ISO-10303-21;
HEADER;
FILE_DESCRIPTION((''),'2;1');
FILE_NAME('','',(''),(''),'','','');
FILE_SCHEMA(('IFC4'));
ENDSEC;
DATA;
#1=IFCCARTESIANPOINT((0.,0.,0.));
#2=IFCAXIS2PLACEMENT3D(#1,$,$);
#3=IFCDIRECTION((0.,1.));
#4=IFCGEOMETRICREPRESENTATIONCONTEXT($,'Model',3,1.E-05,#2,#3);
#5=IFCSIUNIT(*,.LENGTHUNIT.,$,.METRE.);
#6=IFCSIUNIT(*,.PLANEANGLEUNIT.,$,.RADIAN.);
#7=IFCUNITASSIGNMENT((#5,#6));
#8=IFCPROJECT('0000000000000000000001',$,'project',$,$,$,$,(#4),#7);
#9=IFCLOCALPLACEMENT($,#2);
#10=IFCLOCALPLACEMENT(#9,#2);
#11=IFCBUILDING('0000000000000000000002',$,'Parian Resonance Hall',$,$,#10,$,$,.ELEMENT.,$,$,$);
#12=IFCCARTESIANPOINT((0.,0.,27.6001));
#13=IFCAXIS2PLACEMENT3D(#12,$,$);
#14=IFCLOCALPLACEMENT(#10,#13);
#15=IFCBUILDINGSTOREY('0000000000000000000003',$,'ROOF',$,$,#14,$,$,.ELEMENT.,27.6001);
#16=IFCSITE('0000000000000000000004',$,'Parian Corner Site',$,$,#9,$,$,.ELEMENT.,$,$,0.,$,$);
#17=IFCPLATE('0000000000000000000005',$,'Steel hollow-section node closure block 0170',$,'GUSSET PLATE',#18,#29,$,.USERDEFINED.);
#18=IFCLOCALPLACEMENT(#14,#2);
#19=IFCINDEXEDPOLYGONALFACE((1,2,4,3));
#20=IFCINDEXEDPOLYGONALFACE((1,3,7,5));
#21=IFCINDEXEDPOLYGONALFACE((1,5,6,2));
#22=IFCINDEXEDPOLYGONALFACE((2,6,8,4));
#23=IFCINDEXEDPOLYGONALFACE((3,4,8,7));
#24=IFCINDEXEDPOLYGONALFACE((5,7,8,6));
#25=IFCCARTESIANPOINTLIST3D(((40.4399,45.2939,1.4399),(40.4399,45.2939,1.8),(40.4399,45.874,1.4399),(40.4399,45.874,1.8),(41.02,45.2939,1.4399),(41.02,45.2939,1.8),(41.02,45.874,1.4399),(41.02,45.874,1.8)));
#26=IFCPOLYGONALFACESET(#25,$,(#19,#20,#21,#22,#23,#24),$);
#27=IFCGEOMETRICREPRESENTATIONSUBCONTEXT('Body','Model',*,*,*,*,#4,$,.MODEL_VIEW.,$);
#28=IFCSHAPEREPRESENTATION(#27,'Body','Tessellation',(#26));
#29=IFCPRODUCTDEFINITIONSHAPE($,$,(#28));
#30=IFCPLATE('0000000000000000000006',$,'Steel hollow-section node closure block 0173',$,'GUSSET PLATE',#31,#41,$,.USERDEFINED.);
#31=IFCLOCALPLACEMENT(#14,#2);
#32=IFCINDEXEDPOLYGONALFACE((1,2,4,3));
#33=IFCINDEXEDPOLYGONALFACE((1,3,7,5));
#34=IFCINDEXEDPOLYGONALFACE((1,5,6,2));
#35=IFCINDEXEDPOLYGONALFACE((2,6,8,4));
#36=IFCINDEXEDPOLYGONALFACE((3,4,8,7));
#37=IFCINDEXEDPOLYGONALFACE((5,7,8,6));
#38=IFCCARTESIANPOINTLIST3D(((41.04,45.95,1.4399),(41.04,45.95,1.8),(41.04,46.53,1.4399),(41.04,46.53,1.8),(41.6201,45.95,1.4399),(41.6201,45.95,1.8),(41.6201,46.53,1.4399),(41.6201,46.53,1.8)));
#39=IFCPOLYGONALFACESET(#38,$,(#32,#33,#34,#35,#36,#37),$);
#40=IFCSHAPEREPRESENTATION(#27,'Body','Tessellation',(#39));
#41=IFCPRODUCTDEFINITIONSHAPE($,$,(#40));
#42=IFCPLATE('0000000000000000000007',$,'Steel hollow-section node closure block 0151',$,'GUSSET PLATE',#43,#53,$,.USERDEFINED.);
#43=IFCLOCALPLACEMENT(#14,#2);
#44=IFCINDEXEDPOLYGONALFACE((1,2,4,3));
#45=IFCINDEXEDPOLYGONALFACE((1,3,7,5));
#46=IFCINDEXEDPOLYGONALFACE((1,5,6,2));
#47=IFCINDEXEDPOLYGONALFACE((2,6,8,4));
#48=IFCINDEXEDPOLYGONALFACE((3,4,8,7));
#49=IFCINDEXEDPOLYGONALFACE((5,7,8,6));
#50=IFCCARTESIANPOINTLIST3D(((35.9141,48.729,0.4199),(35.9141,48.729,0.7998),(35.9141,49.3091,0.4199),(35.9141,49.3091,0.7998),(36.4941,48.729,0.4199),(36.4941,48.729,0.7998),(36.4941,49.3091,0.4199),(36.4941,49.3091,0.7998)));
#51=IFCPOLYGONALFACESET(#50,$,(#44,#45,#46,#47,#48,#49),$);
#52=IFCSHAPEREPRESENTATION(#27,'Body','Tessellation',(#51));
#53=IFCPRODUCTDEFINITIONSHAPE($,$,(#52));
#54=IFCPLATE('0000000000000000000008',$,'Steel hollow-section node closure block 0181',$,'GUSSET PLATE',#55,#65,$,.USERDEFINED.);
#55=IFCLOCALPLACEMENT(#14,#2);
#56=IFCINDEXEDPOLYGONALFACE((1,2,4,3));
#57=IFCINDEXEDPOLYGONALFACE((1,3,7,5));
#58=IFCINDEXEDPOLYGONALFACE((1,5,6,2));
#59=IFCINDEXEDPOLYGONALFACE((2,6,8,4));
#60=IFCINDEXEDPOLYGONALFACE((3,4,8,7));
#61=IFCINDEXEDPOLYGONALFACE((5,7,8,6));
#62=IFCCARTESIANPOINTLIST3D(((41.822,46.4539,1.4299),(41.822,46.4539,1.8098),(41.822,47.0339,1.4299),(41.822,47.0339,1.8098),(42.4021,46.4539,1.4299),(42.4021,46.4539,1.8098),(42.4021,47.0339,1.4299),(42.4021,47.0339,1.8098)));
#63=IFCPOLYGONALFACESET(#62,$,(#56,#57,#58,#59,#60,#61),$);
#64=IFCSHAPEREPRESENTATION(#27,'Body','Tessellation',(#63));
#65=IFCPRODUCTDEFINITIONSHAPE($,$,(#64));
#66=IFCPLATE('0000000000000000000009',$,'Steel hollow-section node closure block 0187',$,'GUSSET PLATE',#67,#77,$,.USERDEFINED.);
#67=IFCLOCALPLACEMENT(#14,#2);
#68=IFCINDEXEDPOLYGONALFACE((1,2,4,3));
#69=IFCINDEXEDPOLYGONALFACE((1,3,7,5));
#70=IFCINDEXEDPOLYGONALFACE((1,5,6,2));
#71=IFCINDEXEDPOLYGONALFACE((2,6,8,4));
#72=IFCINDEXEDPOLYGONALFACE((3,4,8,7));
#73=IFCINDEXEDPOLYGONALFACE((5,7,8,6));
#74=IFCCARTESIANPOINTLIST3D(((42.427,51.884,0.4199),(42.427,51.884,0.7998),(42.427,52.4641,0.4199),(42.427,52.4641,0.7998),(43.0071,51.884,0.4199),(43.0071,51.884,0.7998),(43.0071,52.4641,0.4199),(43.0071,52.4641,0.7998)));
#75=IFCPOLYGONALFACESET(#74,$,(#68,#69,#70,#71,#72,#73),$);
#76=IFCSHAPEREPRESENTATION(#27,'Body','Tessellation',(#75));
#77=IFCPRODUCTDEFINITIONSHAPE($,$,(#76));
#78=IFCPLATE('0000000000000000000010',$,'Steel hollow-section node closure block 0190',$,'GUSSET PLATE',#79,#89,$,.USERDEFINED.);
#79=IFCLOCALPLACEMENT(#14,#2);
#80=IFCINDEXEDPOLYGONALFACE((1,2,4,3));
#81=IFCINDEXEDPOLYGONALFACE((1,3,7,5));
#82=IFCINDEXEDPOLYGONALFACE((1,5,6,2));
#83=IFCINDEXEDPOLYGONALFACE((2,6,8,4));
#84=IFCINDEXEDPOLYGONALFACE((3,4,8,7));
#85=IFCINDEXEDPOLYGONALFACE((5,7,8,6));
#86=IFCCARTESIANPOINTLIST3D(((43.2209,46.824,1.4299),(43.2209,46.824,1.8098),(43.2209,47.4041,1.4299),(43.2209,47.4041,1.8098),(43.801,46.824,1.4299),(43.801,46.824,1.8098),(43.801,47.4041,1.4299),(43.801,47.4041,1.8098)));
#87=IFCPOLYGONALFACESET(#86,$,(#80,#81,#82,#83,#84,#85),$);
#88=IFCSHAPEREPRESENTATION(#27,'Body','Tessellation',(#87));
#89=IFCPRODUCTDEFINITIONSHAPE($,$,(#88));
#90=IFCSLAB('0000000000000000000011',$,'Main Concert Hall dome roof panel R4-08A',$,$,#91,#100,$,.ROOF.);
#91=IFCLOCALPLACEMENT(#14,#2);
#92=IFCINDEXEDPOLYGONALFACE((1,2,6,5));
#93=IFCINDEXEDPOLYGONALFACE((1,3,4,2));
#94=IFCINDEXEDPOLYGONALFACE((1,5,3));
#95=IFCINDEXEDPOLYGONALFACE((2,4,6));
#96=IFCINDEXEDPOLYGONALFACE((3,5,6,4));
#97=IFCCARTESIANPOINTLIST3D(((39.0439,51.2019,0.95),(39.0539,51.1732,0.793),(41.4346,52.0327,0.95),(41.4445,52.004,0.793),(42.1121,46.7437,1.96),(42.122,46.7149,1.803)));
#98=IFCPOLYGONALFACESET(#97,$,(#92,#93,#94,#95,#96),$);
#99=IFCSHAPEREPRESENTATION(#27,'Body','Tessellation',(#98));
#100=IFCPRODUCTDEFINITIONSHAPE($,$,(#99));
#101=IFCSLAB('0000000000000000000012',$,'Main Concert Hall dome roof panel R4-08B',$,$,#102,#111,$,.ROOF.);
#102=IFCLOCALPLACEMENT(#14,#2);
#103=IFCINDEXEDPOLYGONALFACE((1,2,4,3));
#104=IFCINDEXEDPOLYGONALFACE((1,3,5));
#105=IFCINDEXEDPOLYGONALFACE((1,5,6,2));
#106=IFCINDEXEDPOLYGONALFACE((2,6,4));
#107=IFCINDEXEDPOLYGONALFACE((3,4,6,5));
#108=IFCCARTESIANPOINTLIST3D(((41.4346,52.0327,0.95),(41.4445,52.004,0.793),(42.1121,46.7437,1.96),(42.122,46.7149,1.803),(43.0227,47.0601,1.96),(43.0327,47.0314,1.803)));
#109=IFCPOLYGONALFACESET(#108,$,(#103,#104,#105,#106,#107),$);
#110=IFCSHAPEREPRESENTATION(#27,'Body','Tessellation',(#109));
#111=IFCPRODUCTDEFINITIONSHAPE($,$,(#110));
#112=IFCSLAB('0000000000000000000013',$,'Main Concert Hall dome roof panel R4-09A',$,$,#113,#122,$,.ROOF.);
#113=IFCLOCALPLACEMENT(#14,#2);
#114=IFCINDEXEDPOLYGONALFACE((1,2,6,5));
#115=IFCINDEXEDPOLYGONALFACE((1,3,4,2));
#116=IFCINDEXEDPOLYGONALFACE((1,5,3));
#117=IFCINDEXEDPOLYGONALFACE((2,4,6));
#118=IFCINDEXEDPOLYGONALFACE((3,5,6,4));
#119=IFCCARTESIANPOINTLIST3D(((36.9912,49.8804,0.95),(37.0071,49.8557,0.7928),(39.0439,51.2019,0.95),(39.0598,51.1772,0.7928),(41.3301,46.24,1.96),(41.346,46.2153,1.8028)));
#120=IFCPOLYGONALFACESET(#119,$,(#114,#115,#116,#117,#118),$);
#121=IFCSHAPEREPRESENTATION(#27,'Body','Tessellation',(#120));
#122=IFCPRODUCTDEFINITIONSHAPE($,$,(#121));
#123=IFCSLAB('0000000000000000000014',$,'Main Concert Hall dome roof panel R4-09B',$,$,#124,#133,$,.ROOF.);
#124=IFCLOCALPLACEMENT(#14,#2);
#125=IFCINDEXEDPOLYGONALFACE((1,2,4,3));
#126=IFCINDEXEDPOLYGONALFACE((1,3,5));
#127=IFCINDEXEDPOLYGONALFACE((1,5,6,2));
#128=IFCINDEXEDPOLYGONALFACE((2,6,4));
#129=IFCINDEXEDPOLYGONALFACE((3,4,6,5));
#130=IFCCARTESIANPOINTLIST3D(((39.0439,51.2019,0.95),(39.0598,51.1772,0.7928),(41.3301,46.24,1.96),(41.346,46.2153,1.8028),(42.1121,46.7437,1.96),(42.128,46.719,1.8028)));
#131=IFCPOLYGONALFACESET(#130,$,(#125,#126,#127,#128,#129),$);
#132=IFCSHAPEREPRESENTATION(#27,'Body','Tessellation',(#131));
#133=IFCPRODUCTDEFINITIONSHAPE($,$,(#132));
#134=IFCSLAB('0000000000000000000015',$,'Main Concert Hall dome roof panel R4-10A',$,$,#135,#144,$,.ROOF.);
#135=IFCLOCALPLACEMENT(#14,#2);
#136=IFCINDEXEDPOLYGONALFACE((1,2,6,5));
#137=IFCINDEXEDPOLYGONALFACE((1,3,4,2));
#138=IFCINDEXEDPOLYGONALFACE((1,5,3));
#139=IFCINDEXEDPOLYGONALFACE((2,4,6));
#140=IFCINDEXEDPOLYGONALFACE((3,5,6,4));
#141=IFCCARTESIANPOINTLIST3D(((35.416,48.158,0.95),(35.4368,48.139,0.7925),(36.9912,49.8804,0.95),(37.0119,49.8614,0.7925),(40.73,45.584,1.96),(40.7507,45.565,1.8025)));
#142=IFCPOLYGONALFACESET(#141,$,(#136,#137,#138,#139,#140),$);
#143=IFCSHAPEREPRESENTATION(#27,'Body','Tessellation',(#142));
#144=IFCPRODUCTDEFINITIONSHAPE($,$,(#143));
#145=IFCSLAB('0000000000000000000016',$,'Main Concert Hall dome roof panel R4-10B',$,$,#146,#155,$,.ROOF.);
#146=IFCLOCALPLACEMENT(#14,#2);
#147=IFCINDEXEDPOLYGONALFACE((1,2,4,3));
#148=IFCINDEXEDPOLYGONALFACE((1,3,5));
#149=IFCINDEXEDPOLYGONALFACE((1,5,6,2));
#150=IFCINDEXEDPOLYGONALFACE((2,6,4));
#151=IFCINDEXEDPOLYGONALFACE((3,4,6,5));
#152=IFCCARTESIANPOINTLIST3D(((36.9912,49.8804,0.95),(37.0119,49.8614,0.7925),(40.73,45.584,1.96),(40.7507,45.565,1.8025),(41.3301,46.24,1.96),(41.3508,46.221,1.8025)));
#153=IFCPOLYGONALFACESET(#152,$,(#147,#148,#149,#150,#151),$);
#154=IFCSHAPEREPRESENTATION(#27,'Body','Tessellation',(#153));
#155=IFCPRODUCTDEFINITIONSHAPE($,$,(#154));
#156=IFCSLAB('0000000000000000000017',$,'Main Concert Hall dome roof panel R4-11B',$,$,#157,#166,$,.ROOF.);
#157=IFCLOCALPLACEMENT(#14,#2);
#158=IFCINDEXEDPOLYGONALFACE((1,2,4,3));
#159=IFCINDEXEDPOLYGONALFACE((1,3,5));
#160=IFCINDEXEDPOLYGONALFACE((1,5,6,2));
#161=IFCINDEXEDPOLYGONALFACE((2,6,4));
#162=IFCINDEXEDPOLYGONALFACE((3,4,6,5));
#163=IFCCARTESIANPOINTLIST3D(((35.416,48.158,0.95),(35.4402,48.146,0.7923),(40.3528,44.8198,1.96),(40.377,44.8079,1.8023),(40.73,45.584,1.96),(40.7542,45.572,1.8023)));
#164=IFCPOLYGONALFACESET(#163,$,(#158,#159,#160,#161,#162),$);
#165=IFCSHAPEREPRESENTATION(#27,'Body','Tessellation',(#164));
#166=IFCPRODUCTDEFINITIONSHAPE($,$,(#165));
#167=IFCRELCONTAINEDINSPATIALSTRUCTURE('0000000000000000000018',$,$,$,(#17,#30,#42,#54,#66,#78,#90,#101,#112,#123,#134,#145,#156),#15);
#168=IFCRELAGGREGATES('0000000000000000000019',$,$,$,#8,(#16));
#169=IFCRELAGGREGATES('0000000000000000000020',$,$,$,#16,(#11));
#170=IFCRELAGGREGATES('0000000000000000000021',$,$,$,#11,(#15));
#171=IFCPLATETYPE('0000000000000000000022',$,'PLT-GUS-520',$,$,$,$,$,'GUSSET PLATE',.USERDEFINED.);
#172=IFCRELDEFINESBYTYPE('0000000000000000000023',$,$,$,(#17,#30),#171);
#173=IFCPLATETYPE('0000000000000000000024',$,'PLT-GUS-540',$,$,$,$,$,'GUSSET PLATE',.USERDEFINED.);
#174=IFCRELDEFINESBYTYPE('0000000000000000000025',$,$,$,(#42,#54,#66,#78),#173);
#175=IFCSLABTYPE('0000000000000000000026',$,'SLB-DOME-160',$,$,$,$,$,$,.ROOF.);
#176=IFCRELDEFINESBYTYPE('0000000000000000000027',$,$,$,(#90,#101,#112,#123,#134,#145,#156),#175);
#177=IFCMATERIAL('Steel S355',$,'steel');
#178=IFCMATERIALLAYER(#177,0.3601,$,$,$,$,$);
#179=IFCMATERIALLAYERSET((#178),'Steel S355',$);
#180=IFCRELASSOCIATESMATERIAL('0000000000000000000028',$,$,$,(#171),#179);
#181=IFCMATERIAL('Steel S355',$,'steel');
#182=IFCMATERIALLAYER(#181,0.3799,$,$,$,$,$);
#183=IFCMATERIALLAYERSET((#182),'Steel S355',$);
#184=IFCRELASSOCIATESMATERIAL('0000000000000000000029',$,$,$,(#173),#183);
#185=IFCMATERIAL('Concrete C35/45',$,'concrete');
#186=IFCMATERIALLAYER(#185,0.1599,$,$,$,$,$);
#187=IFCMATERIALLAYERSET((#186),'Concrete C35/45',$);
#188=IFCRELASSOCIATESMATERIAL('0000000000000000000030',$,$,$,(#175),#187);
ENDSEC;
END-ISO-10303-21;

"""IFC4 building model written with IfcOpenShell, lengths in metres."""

from ifc_helpers import new_model, si_unit, direction, frame, origin, origin_2d, place, context, subcontext, project, spatial, polyline, rectangle, outline, extrude, material, layer, layer_set, type_object, element, save


model = new_model("IFC4")

# Units and contexts
model_context = context("Model", 3, precision=1e-05, world=origin(), true_north=direction((0.0, 1.0)))
body_context = subcontext(model_context, "Body", "Model", "MODEL_VIEW")
ifc_project = project(units=[si_unit("LENGTHUNIT", "METRE"), si_unit("PLANEANGLEUNIT", "RADIAN")], contexts=[model_context])

# Site, building, storey
site_placement = place(None, origin())
site = spatial("IfcSite", under=ifc_project, at=site_placement, Name="Parian Corner Site", CompositionType="ELEMENT", RefElevation=0.0)
building_placement = place(site_placement, origin())
building = spatial("IfcBuilding", under=site, at=building_placement, Name="Parian Resonance Hall", CompositionType="ELEMENT")
storey_placement = place(building_placement, frame((0.0, 0.0, 27.6001)))
storey = spatial("IfcBuildingStorey", under=building, at=storey_placement, Name="ROOF", CompositionType="ELEMENT", Elevation=27.6001)

# Plates
ifc_material_1 = material(Name="Steel S355", Category="steel")
ifc_layer_1 = layer(ifc_material_1, 0.3601)
ifc_layer_set_1 = layer_set([ifc_layer_1], Name="Steel S355")
plate_type_1 = type_object("IfcPlateType", Name="PLT-GUS-520", ElementType="GUSSET PLATE", PredefinedType="USERDEFINED", material=ifc_layer_set_1)
for number, where, z_axis, x_axis, name in (
    (1, (40.73, 45.584, 1.4399), (0.0, 0.0, 1.0), (1.0, 0.0, 0.0), "Steel hollow-section node closure block 0170"),
    (2, (41.3301, 46.24, 1.4399), (0.0, 0.0, 1.0), (1.0, 0.0, 0.0), "Steel hollow-section node closure block 0173"),
):
    element("IfcPlate", number, at=place(storey_placement, frame(where, z_axis=z_axis, x_axis=x_axis)), inside=storey, type_object=plate_type_1, Name=name, ObjectType="GUSSET PLATE", PredefinedType="USERDEFINED", context=body_context, shape_type="SweptSolid", body=[
        extrude(rectangle(XDim=0.5801, YDim=0.5801, at=origin_2d()), origin(), (0.0, 0.0, 1.0), 0.3601),
    ])
ifc_material_2 = material(Name="Steel S355", Category="steel")
ifc_layer_2 = layer(ifc_material_2, 0.3799)
ifc_layer_set_2 = layer_set([ifc_layer_2], Name="Steel S355")
plate_type_2 = type_object("IfcPlateType", Name="PLT-GUS-540", ElementType="GUSSET PLATE", PredefinedType="USERDEFINED", material=ifc_layer_set_2)
for number, where, z_axis, x_axis, name in (
    (3, (36.2041, 49.019, 0.4199), (0.0, 0.0, 1.0), (1.0, 0.0, 0.0), "Steel hollow-section node closure block 0151"),
    (4, (42.1121, 46.7439, 1.4299), (0.0, 0.0, 1.0), (1.0, 0.0, 0.0), "Steel hollow-section node closure block 0181"),
    (5, (42.717, 52.1741, 0.4199), (0.0, 0.0, 1.0), (1.0, 0.0, 0.0), "Steel hollow-section node closure block 0187"),
    (6, (43.511, 47.114, 1.4299), (0.0, 0.0, 1.0), (1.0, 0.0, 0.0), "Steel hollow-section node closure block 0190"),
):
    element("IfcPlate", number, at=place(storey_placement, frame(where, z_axis=z_axis, x_axis=x_axis)), inside=storey, type_object=plate_type_2, Name=name, ObjectType="GUSSET PLATE", PredefinedType="USERDEFINED", context=body_context, shape_type="SweptSolid", body=[
        extrude(rectangle(XDim=0.5801, YDim=0.5801, at=origin_2d()), origin(), (0.0, 0.0, 1.0), 0.3799),
    ])

# Slabs
ifc_material_3 = material(Name="Concrete C35/45", Category="concrete")
ifc_layer_3 = layer(ifc_material_3, 0.1599)
ifc_layer_set_3 = layer_set([ifc_layer_3], Name="Concrete C35/45")
slab_type = type_object("IfcSlabType", Name="SLB-DOME-160", PredefinedType="ROOF", material=ifc_layer_set_3)
slab_1_placement = place(storey_placement, frame((41.4346, 52.0327, 0.95), z_axis=(-0.062379, 0.179492, 0.98178), x_axis=(-0.944584, -0.32827, 0.0)))
element("IfcSlab", 7, at=slab_1_placement, inside=storey, type_object=slab_type, Name="Main Concert Hall dome roof panel R4-08A", PredefinedType="ROOF", context=body_context, shape_type="SweptSolid", body=[
    extrude(outline(polyline([(0.0, 0.0), (2.5309, 0.0), (1.0963, 5.3152), (0.0, 0.0)])), origin(), (0.0, 0.0, -1.0), 0.1599),
])
slab_2_placement = place(storey_placement, frame((41.4346, 52.0327, 0.95), z_axis=(-0.062366, 0.179494, 0.98178), x_axis=(0.124835, -0.974567, 0.186105)))
element("IfcSlab", 8, at=slab_2_placement, inside=storey, type_object=slab_type, Name="Main Concert Hall dome roof panel R4-08B", PredefinedType="ROOF", context=body_context, shape_type="SweptSolid", body=[
    extrude(outline(polyline([(0.0, 0.0), (5.4271, 0.0), (5.2324, 0.9442), (0.0, 0.0)])), origin(), (0.0, 0.0, -1.0), 0.1599),
])
slab_3_placement = place(storey_placement, frame((39.0439, 51.2019, 0.95), z_axis=(-0.09935, 0.15432, 0.983013), x_axis=(-0.840821, -0.541313, 0.0)))
element("IfcSlab", 9, at=slab_3_placement, inside=storey, type_object=slab_type, Name="Main Concert Hall dome roof panel R4-09A", PredefinedType="ROOF", context=body_context, shape_type="SweptSolid", body=[
    extrude(outline(polyline([(0.0, 0.0), (2.4413, 0.0), (0.7637, 5.5031), (0.0, 0.0)])), origin(), (0.0, 0.0, -1.0), 0.1599),
])
slab_4_placement = place(storey_placement, frame((39.0439, 51.2019, 0.95), z_axis=(-0.099385, 0.154304, 0.983012), x_axis=(0.411484, -0.893102, 0.181793)))
element("IfcSlab", 10, at=slab_4_placement, inside=storey, type_object=slab_type, Name="Main Concert Hall dome roof panel R4-09B", PredefinedType="ROOF", context=body_context, shape_type="SweptSolid", body=[
    extrude(outline(polyline([(0.0, 0.0), (5.5558, 0.0), (5.4278, 0.9213), (0.0, 0.0)])), origin(), (0.0, 0.0, -1.0), 0.1599),
])
slab_5_placement = place(storey_placement, frame((36.9912, 49.8804, 0.95), z_axis=(-0.129669, 0.118586, 0.984441), x_axis=(-0.674867, -0.73794, 0.0)))
element("IfcSlab", 11, at=slab_5_placement, inside=storey, type_object=slab_type, Name="Main Concert Hall dome roof panel R4-10A", PredefinedType="ROOF", context=body_context, shape_type="SweptSolid", body=[
    extrude(outline(polyline([(0.0, 0.0), (2.3341, 0.0), (0.6473, 5.7479), (0.0, 0.0)])), origin(), (0.0, 0.0, -1.0), 0.1599),
])
slab_6_placement = place(storey_placement, frame((36.9912, 49.8804, 0.95), z_axis=(-0.129651, 0.118602, 0.984441), x_axis=(0.646372, -0.742774, 0.174614)))
element("IfcSlab", 12, at=slab_6_placement, inside=storey, type_object=slab_type, Name="Main Concert Hall dome roof panel R4-10B", PredefinedType="ROOF", context=body_context, shape_type="SweptSolid", body=[
    extrude(outline(polyline([(0.0, 0.0), (5.7842, 0.0), (5.6849, 0.8835), (0.0, 0.0)])), origin(), (0.0, 0.0, -1.0), 0.1599),
])
slab_7_placement = place(storey_placement, frame((35.416, 48.158, 0.95), z_axis=(-0.151196, 0.074632, 0.985682), x_axis=(0.816749, -0.552268, 0.167098)))
element("IfcSlab", 13, at=slab_7_placement, inside=storey, type_object=slab_type, Name="Main Concert Hall dome roof panel R4-11B", PredefinedType="ROOF", context=body_context, shape_type="SweptSolid", body=[
    extrude(outline(polyline([(0.0, 0.0), (6.0444, 0.0), (5.9305, 0.8445), (0.0, 0.0)])), origin(), (0.0, 0.0, -1.0), 0.1599),
])

save(model, "model.ifc")
